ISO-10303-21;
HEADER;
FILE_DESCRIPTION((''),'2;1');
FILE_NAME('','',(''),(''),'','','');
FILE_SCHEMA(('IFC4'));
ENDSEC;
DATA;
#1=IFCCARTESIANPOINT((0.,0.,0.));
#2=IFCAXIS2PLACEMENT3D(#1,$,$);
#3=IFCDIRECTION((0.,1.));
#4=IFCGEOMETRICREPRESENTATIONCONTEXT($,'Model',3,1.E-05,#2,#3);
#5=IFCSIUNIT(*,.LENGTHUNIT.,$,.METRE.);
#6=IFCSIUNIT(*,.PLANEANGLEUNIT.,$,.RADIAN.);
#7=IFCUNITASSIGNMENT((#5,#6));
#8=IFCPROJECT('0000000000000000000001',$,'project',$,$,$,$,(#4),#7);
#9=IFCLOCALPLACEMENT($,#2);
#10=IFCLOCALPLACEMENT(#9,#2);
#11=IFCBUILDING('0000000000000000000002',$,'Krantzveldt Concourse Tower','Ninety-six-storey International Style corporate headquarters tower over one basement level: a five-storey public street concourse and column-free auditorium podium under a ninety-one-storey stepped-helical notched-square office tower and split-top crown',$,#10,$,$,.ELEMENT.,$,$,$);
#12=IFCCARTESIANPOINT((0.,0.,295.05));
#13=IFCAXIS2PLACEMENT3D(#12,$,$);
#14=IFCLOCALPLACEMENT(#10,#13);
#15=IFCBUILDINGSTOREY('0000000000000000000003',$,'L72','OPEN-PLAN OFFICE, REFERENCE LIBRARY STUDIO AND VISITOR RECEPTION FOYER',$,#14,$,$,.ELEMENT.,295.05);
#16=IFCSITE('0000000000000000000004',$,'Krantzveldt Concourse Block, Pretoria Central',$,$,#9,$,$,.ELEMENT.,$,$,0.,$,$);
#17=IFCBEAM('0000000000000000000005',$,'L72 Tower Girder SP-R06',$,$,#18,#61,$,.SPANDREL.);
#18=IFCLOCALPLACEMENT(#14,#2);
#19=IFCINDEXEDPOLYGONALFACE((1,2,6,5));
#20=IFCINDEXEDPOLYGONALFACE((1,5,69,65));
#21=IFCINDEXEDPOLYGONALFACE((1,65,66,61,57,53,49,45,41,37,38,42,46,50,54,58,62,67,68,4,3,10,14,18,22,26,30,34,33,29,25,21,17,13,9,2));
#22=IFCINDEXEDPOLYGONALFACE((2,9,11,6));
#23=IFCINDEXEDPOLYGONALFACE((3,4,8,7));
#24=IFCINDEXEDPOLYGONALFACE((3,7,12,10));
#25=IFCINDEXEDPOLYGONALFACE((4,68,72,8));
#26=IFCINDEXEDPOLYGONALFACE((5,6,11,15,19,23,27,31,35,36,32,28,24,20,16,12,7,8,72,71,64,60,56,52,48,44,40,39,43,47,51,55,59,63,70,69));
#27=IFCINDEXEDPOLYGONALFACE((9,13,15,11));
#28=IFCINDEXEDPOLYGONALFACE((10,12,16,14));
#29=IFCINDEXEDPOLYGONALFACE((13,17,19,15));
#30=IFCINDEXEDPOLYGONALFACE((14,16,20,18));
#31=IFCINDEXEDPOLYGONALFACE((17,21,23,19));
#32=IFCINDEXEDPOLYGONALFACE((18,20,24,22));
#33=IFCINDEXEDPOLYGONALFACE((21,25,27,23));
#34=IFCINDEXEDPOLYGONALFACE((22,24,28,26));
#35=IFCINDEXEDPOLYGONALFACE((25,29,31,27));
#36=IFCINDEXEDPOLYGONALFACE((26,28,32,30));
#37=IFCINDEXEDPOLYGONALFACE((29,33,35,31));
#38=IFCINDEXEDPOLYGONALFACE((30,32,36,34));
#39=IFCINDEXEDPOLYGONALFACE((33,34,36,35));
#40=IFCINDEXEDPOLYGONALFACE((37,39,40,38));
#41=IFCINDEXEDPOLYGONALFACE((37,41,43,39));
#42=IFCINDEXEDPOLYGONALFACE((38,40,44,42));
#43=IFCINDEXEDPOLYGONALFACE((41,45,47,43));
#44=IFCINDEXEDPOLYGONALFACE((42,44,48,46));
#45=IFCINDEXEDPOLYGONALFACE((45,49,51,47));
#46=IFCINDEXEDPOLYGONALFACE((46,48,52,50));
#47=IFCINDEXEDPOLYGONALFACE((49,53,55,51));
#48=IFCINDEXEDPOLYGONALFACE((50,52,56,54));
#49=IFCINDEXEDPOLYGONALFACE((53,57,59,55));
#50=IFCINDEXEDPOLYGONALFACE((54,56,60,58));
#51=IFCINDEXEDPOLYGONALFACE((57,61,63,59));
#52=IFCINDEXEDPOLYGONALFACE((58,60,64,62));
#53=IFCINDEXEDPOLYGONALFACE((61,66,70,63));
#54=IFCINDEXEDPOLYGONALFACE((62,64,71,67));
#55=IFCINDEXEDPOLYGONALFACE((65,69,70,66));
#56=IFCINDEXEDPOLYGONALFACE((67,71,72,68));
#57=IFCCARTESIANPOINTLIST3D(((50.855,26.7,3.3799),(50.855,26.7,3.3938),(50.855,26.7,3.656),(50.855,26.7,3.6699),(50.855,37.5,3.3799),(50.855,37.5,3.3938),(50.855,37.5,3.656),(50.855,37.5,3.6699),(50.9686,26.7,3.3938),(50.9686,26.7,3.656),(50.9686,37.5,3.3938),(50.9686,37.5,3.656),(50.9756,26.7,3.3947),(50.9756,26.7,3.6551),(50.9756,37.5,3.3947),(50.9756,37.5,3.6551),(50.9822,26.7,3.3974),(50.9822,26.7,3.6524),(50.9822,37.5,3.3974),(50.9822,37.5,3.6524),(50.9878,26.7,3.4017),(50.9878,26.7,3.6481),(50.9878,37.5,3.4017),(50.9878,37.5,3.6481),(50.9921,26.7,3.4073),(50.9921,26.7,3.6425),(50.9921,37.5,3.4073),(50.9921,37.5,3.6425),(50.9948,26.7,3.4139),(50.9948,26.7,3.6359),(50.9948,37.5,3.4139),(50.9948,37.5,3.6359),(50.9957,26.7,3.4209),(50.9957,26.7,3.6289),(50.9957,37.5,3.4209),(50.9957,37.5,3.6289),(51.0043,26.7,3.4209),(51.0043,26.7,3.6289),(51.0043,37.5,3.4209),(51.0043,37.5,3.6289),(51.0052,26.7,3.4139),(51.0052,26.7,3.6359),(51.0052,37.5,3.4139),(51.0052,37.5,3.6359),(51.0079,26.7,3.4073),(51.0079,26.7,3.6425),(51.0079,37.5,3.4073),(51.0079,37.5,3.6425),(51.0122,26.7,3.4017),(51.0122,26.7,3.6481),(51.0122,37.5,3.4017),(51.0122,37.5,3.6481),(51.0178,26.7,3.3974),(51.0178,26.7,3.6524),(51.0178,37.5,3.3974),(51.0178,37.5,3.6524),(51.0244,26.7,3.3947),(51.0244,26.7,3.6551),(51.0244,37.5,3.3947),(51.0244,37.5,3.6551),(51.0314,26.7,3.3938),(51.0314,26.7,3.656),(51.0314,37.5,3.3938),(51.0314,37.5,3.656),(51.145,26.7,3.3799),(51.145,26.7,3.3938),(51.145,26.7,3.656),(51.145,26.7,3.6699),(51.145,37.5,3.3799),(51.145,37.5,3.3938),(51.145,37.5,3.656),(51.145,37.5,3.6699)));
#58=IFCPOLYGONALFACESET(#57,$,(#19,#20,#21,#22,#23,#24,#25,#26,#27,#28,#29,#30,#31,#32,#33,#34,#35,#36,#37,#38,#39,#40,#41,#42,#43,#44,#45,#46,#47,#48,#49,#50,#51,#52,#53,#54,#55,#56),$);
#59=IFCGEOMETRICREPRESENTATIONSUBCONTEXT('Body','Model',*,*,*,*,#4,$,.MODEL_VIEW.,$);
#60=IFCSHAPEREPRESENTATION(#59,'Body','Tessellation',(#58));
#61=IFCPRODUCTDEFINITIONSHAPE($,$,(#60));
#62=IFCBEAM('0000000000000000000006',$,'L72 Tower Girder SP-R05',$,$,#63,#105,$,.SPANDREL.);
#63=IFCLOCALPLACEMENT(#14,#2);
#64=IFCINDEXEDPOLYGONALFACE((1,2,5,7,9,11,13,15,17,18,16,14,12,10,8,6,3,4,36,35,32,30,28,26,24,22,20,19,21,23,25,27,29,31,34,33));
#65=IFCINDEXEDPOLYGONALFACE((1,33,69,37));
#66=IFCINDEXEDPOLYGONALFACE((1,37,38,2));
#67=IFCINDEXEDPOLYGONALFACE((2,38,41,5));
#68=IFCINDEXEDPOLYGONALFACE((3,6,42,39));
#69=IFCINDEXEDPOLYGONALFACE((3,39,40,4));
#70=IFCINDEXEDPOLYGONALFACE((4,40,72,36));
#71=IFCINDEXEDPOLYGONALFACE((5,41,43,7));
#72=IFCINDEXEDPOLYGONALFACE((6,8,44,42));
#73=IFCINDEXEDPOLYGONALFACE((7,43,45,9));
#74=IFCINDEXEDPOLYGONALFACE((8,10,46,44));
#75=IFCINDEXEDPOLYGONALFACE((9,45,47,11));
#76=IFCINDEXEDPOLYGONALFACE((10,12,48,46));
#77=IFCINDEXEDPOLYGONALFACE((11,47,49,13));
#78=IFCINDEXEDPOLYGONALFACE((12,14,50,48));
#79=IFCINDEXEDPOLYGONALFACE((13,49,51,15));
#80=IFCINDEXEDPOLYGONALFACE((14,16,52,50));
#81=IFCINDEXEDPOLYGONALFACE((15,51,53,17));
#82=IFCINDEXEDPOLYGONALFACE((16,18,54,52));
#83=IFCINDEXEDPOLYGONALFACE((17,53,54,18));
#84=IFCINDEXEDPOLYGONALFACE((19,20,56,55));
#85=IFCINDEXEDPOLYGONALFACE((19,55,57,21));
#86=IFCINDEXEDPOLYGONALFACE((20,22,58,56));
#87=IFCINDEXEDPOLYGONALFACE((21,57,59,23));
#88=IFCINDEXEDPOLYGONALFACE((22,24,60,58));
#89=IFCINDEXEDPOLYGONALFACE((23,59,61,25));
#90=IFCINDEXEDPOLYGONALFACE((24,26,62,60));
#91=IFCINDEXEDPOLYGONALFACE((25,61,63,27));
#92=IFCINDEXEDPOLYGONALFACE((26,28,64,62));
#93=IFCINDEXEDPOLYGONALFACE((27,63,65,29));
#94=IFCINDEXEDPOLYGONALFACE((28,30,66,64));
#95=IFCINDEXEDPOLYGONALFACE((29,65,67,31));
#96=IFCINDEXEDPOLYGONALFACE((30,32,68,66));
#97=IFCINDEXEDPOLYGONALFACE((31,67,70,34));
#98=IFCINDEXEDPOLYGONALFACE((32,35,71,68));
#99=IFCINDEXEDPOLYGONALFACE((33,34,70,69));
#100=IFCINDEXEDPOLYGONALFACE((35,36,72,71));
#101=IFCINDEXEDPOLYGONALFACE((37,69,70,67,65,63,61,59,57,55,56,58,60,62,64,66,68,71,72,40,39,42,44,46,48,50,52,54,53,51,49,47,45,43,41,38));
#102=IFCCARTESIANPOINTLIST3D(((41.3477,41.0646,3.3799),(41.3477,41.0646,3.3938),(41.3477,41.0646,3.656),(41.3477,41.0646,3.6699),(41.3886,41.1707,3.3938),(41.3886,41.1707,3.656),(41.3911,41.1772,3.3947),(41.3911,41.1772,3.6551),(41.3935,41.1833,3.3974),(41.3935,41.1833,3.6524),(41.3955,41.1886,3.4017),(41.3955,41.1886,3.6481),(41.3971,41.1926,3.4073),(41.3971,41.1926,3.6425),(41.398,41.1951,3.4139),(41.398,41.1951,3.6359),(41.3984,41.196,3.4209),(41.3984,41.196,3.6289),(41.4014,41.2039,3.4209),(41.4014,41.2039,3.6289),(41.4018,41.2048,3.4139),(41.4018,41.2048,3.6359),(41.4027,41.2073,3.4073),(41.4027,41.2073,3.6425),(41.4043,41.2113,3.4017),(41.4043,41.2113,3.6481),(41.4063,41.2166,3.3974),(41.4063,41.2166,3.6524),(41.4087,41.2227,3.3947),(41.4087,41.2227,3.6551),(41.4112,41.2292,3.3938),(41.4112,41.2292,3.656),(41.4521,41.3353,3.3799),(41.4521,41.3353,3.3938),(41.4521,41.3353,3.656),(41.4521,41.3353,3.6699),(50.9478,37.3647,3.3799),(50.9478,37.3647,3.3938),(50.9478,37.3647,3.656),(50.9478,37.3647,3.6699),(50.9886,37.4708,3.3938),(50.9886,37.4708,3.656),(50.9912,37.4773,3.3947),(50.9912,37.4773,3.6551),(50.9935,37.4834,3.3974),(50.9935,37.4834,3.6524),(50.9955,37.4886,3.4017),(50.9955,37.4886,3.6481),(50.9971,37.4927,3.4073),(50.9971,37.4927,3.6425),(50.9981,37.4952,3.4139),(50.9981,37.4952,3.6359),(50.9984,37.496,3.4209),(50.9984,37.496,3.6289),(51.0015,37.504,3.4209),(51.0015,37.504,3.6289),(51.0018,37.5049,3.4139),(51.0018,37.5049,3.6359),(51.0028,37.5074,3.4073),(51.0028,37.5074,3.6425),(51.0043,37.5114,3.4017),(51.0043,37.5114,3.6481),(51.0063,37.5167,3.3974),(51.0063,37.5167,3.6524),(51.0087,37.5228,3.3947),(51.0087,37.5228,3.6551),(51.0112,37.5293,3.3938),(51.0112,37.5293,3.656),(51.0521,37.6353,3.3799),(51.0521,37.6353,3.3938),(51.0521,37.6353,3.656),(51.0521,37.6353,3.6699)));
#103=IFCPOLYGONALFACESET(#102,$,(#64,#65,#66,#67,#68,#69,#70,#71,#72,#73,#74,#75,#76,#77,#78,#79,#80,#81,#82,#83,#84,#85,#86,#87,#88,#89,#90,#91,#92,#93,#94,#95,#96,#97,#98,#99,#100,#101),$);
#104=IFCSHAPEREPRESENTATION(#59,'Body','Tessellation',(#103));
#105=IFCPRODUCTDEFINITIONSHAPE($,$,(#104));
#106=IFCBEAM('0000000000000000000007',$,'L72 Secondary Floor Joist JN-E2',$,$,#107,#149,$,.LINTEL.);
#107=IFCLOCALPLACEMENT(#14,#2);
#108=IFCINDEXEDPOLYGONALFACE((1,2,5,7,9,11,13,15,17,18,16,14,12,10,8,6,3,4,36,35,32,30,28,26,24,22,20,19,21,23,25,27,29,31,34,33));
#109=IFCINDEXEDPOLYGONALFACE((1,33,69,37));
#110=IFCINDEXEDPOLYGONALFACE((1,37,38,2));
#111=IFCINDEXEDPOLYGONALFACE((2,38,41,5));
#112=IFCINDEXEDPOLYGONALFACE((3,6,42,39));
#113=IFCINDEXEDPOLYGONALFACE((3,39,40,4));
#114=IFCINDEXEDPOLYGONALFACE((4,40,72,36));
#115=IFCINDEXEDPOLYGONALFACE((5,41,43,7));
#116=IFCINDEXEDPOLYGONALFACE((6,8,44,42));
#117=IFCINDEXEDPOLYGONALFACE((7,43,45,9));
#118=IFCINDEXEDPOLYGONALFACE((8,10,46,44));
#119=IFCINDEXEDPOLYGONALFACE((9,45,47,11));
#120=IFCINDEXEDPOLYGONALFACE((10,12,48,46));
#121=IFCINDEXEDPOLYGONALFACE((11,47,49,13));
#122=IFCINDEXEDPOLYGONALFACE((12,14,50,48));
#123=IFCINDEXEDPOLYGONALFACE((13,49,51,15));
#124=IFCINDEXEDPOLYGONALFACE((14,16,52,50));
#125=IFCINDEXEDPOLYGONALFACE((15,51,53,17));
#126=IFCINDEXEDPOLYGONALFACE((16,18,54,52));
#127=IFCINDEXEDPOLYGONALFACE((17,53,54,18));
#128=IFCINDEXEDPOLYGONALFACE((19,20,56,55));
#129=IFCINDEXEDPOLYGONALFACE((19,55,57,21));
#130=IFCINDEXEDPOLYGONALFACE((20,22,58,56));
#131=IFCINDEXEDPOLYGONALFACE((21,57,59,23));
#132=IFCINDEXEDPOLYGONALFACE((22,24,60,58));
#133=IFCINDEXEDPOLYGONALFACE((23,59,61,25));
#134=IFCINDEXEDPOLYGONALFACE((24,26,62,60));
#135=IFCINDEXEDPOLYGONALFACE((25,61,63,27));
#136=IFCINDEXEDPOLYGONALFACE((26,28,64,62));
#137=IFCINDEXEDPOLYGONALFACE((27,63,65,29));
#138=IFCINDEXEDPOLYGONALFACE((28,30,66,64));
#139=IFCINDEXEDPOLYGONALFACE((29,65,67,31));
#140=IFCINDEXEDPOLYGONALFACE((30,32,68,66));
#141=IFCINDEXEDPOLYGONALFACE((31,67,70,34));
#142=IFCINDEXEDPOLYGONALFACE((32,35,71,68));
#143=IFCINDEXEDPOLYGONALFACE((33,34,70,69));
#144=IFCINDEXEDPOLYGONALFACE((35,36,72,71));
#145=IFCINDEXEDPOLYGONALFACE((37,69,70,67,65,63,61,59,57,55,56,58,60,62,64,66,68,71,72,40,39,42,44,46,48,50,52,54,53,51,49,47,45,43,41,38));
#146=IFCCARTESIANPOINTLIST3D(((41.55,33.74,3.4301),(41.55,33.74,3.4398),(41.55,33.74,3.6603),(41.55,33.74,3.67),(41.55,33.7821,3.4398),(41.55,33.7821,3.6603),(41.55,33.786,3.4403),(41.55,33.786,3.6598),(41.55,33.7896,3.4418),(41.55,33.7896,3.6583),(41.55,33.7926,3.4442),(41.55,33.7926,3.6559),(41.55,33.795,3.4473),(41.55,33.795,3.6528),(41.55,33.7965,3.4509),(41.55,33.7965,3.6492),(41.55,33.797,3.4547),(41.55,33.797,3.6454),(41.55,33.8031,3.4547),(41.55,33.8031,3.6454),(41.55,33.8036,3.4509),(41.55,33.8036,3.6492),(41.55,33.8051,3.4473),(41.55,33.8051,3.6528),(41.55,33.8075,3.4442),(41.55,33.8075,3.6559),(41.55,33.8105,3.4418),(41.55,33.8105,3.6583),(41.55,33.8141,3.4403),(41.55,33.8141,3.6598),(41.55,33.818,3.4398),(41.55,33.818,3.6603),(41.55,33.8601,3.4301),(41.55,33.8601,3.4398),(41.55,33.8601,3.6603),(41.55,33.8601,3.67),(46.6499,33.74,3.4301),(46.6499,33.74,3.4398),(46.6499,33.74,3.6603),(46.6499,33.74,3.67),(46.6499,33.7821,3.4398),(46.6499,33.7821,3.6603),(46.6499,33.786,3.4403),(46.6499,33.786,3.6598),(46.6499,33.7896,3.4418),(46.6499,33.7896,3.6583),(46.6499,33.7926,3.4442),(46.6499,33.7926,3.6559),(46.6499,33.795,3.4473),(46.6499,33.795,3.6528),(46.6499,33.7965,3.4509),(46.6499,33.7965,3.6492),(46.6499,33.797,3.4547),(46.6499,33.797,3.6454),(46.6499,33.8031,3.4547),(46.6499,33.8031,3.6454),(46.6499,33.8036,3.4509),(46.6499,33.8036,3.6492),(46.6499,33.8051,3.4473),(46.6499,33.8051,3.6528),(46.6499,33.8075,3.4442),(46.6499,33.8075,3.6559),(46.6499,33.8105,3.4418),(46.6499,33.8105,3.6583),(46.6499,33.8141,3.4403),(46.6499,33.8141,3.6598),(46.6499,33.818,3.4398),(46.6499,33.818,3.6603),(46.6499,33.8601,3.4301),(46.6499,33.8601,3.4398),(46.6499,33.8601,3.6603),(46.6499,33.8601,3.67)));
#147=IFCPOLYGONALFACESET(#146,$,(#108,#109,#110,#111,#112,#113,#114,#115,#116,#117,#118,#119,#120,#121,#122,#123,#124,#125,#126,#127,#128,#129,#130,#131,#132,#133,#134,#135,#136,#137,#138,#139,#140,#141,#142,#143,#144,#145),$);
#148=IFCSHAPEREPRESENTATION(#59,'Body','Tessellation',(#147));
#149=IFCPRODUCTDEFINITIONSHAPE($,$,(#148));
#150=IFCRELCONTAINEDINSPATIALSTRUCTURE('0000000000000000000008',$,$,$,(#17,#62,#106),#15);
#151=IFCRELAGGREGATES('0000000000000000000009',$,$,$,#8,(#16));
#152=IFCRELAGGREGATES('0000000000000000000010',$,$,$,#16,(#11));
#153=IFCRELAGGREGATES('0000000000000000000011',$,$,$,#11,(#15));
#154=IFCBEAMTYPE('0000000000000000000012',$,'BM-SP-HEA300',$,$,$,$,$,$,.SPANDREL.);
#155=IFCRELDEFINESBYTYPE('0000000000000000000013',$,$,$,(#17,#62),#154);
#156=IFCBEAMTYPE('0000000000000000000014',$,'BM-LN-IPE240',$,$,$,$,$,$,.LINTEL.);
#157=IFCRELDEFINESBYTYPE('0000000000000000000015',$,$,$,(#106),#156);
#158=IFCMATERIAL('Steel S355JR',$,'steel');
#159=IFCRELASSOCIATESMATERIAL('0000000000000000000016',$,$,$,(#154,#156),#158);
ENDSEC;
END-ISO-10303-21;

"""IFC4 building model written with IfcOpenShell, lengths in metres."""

from ifc_helpers import new_model, si_unit, direction, frame, origin, origin_2d, place, context, subcontext, project, spatial, i_section, extrude, source, transform, mapped, material, material_profile, profile_set, type_object, type_shapes, element, save


model = new_model("IFC4")

# Units and contexts
model_context = context("Model", 3, precision=1e-05, world=origin(), true_north=direction((0.0, 1.0)))
body_context = subcontext(model_context, "Body", "Model", "MODEL_VIEW")
ifc_project = project(units=[si_unit("LENGTHUNIT", "METRE"), si_unit("PLANEANGLEUNIT", "RADIAN")], contexts=[model_context])

# Site, building, storey
site_placement = place(None, origin())
site = spatial("IfcSite", under=ifc_project, at=site_placement, Name="Krantzveldt Concourse Block, Pretoria Central", CompositionType="ELEMENT", RefElevation=0.0)
building_placement = place(site_placement, origin())
building = spatial("IfcBuilding", under=site, at=building_placement, Name="Krantzveldt Concourse Tower", Description="Ninety-six-storey International Style corporate headquarters tower over one basement level: a five-storey public street concourse and column-free auditorium podium under a ninety-one-storey stepped-helical notched-square office tower and split-top crown", CompositionType="ELEMENT")
storey_placement = place(building_placement, frame((0.0, 0.0, 295.05)))
storey = spatial("IfcBuildingStorey", under=building, at=storey_placement, Name="L72", Description="OPEN-PLAN OFFICE, REFERENCE LIBRARY STUDIO AND VISITOR RECEPTION FOYER", CompositionType="ELEMENT", Elevation=295.05)

# Beams
ifc_material_1 = material(Name="Steel S355JR", Category="steel")
ifc_material_profile_1 = material_profile(ifc_material_1, i_section(OverallWidth=0.29, OverallDepth=0.29, WebThickness=0.0085, FlangeThickness=0.0139, FilletRadius=0.0271, at=origin_2d()), Name="Steel S355JR", Category="steel")
ifc_profile_set_1 = profile_set([ifc_material_profile_1], Name="Steel S355JR - HEA 300")
beam_type_1 = type_object("IfcBeamType", Name="BM-SP-HEA300", PredefinedType="SPANDREL", material=ifc_profile_set_1)
shared_shape_1 = source(origin(), body_context, "Body", "SweptSolid", [
    extrude(i_section(OverallWidth=0.29, OverallDepth=0.29, WebThickness=0.0085, FlangeThickness=0.0139, FilletRadius=0.0271, at=origin_2d()), origin(), (0.0, 0.0, 1.0), 10.8),
])
beam_1_placement = place(storey_placement, frame((51.0, 37.5, 3.5249), z_axis=(0.0, -1.0, 0.0), x_axis=(1.0, 0.0, 0.0)))
element("IfcBeam", 1, at=beam_1_placement, inside=storey, type_object=beam_type_1, Name="L72 Tower Girder SP-R06", PredefinedType="SPANDREL", context=body_context, shape_type="MappedRepresentation", body=[
    mapped(shared_shape_1, transform((0.0, 0.0, 0.0), x_axis=(1.0, 0.0, 0.0), y_axis=(0.0, 1.0, 0.0), z_axis=(0.0, 0.0, 1.0), scale=1.0)),
])
shared_shape_2 = source(origin(), body_context, "Body", "SweptSolid", [
    extrude(i_section(OverallWidth=0.29, OverallDepth=0.29, WebThickness=0.0085, FlangeThickness=0.0139, FilletRadius=0.0271, at=origin_2d()), origin(), (0.0, 0.0, 1.0), 10.2883),
])
type_shapes(beam_type_1, [shared_shape_1, shared_shape_2])
beam_2_placement = place(storey_placement, frame((41.3999, 41.2, 3.5249), z_axis=(0.933098, -0.359623, 0.0), x_axis=(0.359623, 0.933098, 0.0)))
element("IfcBeam", 2, at=beam_2_placement, inside=storey, type_object=beam_type_1, Name="L72 Tower Girder SP-R05", PredefinedType="SPANDREL", context=body_context, shape_type="MappedRepresentation", body=[
    mapped(shared_shape_2, transform((0.0, 0.0, 0.0), x_axis=(1.0, 0.0, 0.0), y_axis=(0.0, 1.0, 0.0), z_axis=(0.0, 0.0, 1.0), scale=1.0)),
])
ifc_material_profile_2 = material_profile(ifc_material_1, i_section(OverallWidth=0.1201, OverallDepth=0.24, WebThickness=0.0061, FlangeThickness=0.0098, FilletRadius=0.0149, at=origin_2d()), Name="Steel S355JR", Category="steel")
ifc_profile_set_2 = profile_set([ifc_material_profile_2], Name="Steel S355JR - IPE 240")
beam_type_2 = type_object("IfcBeamType", Name="BM-LN-IPE240", PredefinedType="LINTEL", material=ifc_profile_set_2)
shared_shape_3 = source(origin(), body_context, "Body", "SweptSolid", [
    extrude(i_section(OverallWidth=0.1201, OverallDepth=0.24, WebThickness=0.0061, FlangeThickness=0.0098, FilletRadius=0.0149, at=origin_2d()), origin(), (0.0, 0.0, 1.0), 5.0999),
])
type_shapes(beam_type_2, [shared_shape_3])
beam_3_placement = place(storey_placement, frame((41.55, 33.8, 3.55), z_axis=(1.0, 0.0, 0.0), x_axis=(0.0, 1.0, 0.0)))
element("IfcBeam", 3, at=beam_3_placement, inside=storey, type_object=beam_type_2, Name="L72 Secondary Floor Joist JN-E2", PredefinedType="LINTEL", context=body_context, shape_type="MappedRepresentation", body=[
    mapped(shared_shape_3, transform((0.0, 0.0, 0.0), x_axis=(1.0, 0.0, 0.0), y_axis=(0.0, 1.0, 0.0), z_axis=(0.0, 0.0, 1.0), scale=1.0)),
])

save(model, "model.ifc")
